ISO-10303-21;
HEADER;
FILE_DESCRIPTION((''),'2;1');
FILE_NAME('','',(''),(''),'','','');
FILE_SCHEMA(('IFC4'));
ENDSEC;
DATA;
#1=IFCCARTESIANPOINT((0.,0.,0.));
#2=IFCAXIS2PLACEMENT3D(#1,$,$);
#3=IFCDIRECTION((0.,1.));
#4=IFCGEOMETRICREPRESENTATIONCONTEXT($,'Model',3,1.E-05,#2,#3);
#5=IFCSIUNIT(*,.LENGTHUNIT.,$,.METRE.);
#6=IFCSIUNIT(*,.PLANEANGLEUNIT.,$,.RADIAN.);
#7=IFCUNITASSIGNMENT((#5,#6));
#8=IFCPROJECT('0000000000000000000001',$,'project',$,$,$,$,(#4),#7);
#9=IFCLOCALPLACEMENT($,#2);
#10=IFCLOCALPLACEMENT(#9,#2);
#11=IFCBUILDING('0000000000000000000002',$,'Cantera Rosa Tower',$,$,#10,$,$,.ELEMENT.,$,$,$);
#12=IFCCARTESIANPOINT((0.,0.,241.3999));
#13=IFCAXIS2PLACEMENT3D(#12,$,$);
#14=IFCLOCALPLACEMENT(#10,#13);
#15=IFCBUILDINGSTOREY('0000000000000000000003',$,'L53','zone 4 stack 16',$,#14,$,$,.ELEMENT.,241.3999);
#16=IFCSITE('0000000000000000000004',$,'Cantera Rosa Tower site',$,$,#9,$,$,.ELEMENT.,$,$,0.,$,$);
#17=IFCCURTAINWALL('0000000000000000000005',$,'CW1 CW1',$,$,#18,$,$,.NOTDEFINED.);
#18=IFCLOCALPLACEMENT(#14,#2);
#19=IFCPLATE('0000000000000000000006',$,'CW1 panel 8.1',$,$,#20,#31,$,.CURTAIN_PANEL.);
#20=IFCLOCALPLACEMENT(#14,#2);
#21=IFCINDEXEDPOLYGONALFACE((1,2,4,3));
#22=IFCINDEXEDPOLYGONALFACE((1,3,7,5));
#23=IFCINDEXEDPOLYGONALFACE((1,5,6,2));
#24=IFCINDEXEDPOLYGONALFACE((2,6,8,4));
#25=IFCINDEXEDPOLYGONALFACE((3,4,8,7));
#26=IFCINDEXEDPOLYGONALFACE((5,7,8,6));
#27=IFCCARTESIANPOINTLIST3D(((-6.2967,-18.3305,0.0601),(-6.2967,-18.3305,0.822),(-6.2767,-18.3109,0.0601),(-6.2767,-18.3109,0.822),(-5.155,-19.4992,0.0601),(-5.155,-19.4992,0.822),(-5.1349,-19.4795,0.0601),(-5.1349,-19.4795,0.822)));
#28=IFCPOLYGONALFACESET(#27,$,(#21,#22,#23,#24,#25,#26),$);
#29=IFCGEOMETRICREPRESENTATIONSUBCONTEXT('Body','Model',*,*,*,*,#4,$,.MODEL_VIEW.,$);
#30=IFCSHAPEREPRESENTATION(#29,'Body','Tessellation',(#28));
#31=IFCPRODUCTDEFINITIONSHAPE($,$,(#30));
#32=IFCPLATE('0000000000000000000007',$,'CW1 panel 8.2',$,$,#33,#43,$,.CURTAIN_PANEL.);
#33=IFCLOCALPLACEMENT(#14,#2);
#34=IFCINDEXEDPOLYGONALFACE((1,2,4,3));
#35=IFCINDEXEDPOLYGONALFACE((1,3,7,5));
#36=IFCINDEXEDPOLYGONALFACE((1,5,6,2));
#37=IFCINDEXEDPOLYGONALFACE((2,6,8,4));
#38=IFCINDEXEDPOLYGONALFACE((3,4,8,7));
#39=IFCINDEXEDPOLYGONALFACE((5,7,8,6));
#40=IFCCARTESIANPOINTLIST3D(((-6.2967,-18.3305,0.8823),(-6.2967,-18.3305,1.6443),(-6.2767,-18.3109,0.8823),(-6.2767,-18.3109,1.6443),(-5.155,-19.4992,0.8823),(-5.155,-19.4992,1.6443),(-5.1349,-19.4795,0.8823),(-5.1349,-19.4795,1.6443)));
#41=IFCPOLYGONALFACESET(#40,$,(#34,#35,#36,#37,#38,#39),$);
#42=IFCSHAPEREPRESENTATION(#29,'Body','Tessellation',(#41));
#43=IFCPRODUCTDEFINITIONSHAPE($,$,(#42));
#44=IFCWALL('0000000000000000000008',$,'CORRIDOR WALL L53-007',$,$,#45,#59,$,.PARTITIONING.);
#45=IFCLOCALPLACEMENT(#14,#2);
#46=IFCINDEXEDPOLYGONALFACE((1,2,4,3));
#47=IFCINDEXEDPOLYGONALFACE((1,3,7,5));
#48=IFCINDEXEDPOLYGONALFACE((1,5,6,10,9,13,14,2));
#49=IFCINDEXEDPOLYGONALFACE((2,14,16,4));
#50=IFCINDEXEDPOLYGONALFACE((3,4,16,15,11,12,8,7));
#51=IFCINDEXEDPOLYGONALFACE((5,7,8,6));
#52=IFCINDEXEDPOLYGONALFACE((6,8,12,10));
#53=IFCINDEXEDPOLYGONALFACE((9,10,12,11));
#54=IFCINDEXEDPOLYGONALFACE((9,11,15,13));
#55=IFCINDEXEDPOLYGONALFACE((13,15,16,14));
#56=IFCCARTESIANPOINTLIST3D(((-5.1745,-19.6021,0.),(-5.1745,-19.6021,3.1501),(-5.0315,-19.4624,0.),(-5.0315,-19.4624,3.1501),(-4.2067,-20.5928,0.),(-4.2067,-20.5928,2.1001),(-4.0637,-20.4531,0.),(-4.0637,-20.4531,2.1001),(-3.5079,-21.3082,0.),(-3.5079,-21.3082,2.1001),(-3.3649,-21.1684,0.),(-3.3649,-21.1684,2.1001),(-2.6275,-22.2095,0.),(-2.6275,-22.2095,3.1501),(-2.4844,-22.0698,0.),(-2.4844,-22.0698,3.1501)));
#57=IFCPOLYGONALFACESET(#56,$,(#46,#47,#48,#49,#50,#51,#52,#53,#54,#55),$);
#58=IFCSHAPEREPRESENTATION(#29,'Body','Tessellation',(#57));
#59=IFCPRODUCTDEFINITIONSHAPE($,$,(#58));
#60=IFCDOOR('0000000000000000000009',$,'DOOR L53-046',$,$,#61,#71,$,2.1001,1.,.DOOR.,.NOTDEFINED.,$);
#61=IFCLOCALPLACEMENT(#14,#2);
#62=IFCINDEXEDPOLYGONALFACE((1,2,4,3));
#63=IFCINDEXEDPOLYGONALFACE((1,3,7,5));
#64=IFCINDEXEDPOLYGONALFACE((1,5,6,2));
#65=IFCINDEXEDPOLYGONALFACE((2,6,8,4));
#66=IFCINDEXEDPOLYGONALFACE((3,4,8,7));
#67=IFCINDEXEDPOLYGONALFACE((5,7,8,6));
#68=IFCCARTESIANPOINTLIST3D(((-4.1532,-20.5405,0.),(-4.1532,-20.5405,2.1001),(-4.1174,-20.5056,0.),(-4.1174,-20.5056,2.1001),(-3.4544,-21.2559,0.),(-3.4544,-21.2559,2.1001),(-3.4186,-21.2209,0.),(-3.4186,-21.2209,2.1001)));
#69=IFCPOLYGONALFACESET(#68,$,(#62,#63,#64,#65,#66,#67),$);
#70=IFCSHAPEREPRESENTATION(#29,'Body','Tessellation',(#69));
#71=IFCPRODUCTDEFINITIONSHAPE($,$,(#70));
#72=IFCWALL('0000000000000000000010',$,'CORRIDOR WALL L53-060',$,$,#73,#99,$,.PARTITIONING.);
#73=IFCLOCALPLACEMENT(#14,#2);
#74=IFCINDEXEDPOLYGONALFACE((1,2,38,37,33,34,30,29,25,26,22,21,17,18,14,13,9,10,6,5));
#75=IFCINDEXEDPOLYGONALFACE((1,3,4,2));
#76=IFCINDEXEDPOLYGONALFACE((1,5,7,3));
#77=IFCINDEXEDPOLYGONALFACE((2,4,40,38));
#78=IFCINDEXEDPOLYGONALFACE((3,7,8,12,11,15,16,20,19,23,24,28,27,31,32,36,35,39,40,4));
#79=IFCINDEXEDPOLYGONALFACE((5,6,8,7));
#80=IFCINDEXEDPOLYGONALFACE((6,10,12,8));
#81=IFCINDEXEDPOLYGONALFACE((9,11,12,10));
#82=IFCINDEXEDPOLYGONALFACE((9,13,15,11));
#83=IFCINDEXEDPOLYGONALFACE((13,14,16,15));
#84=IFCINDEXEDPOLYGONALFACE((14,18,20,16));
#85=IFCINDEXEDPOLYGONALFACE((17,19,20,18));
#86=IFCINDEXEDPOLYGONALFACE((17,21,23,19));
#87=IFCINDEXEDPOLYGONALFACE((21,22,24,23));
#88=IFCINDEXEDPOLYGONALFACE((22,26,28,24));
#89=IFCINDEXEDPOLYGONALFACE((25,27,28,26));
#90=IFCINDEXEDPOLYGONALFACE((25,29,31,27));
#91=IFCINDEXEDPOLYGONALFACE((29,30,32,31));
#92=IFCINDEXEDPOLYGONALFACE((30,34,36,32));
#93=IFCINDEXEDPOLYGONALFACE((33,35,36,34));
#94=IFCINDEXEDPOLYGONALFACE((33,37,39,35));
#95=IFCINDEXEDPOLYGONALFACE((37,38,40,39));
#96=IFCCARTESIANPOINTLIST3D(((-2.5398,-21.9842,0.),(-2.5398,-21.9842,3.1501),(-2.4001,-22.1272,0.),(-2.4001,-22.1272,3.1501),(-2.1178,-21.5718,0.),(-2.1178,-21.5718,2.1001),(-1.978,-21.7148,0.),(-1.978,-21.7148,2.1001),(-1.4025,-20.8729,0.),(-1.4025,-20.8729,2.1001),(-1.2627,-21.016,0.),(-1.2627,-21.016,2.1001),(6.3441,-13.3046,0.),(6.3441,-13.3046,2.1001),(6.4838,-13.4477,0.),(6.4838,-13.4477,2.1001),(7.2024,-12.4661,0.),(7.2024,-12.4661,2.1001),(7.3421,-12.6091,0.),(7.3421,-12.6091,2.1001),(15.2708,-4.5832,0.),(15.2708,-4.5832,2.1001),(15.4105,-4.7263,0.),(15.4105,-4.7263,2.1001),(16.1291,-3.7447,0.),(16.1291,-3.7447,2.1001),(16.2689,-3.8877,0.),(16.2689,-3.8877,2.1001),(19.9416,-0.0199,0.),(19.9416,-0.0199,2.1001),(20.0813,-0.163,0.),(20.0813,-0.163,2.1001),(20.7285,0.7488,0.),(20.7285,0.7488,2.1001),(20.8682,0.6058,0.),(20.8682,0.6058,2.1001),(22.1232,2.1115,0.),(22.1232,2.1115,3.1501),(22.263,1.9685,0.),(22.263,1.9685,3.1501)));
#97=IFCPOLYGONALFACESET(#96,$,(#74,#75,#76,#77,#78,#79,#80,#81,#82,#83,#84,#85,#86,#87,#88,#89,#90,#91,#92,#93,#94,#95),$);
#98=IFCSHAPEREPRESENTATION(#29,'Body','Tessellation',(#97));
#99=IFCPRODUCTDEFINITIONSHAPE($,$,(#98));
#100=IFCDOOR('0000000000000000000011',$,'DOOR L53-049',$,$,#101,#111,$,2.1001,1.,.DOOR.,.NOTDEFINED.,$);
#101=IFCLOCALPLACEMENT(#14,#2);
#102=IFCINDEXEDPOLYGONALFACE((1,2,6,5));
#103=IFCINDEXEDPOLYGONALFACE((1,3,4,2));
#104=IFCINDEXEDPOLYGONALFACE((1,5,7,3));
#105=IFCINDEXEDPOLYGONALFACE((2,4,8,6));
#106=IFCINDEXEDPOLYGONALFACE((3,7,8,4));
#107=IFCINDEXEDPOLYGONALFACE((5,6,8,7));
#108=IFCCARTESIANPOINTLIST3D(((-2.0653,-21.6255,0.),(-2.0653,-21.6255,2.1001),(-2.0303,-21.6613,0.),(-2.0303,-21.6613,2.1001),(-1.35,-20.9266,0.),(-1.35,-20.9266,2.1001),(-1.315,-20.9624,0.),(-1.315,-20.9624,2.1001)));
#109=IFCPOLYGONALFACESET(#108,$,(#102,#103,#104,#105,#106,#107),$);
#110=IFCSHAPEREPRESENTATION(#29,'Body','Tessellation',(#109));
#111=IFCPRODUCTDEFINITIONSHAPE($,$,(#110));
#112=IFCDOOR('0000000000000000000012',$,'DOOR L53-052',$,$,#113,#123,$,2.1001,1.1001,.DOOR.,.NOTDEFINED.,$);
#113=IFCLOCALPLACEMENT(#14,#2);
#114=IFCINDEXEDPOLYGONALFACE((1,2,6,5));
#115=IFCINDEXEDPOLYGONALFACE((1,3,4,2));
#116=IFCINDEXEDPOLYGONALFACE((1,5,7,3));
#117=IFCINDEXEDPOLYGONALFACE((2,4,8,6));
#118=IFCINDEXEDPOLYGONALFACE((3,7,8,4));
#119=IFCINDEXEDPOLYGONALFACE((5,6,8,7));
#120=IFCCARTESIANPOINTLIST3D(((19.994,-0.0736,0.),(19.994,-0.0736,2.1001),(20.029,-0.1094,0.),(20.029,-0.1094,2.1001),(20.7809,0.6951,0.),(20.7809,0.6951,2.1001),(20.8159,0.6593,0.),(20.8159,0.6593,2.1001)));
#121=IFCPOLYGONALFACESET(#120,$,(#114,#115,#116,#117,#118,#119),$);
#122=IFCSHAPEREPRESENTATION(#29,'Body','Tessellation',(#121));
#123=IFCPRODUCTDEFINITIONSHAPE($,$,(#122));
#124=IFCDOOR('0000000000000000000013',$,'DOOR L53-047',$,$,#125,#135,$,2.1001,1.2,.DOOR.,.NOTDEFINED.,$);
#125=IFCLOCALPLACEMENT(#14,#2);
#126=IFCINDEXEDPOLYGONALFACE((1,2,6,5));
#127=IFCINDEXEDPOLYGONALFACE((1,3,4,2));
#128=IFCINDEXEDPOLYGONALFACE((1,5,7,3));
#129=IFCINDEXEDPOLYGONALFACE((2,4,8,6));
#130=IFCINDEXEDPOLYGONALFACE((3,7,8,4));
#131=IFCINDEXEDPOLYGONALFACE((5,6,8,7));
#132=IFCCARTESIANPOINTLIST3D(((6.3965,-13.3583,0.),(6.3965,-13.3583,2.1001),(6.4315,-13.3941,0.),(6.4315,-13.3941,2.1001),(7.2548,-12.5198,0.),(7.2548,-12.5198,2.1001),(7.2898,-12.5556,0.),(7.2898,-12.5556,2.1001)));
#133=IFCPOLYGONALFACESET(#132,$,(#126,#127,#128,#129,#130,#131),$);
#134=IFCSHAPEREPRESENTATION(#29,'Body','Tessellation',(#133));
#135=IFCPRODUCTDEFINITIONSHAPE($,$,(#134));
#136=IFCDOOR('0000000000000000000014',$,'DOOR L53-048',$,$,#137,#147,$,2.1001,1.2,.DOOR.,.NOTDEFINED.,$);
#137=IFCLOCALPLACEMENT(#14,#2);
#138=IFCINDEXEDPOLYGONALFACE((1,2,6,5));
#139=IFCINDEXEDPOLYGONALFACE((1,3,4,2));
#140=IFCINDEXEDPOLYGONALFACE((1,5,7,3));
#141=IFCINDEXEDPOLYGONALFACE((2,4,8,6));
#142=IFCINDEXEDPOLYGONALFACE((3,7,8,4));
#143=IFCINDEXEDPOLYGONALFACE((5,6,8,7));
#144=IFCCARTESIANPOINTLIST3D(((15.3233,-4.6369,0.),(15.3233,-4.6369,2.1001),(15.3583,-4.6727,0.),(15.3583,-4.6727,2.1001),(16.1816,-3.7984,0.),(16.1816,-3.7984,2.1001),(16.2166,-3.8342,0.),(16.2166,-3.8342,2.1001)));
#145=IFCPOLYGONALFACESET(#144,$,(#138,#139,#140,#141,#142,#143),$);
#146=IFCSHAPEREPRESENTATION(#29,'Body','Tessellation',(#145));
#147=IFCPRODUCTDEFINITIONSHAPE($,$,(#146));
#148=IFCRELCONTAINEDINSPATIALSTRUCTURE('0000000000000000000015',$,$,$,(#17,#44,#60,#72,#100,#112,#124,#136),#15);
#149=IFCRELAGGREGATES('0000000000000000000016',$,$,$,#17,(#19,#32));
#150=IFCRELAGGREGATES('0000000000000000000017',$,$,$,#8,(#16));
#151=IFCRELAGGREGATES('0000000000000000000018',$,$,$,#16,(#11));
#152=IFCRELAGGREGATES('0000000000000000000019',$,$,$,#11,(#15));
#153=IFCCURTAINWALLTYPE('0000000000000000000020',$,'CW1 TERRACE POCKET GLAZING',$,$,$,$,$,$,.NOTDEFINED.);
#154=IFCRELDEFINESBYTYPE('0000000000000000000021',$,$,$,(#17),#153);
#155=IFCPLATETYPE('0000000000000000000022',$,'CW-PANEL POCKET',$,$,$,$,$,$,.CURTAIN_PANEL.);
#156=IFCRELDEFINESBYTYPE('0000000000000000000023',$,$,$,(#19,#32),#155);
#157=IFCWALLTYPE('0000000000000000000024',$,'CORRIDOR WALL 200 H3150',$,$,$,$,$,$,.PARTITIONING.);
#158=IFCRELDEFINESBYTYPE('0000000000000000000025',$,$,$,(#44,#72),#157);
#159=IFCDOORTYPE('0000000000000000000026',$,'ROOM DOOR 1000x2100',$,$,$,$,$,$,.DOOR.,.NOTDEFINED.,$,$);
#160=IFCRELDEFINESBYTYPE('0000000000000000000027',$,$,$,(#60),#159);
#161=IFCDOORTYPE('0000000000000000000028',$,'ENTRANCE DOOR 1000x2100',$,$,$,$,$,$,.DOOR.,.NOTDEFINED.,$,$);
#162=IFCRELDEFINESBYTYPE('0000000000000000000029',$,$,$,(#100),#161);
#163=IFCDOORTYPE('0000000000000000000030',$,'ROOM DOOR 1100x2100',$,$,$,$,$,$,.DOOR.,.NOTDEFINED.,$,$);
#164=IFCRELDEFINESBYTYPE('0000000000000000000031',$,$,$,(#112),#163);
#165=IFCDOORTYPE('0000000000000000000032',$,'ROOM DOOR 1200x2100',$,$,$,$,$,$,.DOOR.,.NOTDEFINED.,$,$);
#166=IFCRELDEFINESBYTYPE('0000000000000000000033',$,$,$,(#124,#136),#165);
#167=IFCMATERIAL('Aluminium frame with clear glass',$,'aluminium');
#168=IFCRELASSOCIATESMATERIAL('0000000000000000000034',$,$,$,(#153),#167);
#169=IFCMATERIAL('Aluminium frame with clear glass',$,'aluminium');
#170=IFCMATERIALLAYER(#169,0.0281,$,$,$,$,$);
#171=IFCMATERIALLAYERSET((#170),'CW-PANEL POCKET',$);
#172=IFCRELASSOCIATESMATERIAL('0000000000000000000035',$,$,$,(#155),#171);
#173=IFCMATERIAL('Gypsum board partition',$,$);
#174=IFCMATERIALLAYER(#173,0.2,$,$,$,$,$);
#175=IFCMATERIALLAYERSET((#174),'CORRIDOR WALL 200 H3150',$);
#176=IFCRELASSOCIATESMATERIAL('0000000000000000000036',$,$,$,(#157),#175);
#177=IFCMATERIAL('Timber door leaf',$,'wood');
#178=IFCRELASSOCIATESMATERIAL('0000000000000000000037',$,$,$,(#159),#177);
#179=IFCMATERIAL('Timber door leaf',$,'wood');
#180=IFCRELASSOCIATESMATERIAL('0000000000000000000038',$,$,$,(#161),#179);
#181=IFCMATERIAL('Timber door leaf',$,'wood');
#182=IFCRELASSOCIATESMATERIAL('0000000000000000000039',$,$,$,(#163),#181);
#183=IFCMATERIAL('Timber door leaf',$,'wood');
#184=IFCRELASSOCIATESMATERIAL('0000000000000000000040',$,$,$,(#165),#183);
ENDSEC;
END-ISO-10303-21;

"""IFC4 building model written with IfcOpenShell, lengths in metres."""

from ifc_helpers import new_model, si_unit, direction, frame, frame_2d, origin, origin_2d, place, context, subcontext, project, spatial, rectangle, extrude, material, layer, layer_set, type_object, element, fill, aggregate, save


model = new_model("IFC4")

# Units and contexts
model_context = context("Model", 3, precision=1e-05, world=origin(), true_north=direction((0.0, 1.0)))
body_context = subcontext(model_context, "Body", "Model", "MODEL_VIEW")
ifc_project = project(units=[si_unit("LENGTHUNIT", "METRE"), si_unit("PLANEANGLEUNIT", "RADIAN")], contexts=[model_context])

# Site, building, storey
site_placement = place(None, origin())
site = spatial("IfcSite", under=ifc_project, at=site_placement, Name="Cantera Rosa Tower site", CompositionType="ELEMENT", RefElevation=0.0)
building_placement = place(site_placement, origin())
building = spatial("IfcBuilding", under=site, at=building_placement, Name="Cantera Rosa Tower", CompositionType="ELEMENT")
storey_placement = place(building_placement, frame((0.0, 0.0, 241.3999)))
storey = spatial("IfcBuildingStorey", under=building, at=storey_placement, Name="L53", Description="zone 4 stack 16", CompositionType="ELEMENT", Elevation=241.3999)

# Curtain wall
ifc_material_1 = material(Name="Aluminium frame with clear glass", Category="aluminium")
curtain_wall_type = type_object("IfcCurtainWallType", Name="CW1 TERRACE POCKET GLAZING", PredefinedType="NOTDEFINED", material=ifc_material_1)
curtain_wall_placement = place(storey_placement, origin())
curtain_wall = element("IfcCurtainWall", 1, at=curtain_wall_placement, inside=storey, type_object=curtain_wall_type, Name="CW1 CW1", PredefinedType="NOTDEFINED")

# Plates
ifc_material_2 = material(Name="Aluminium frame with clear glass", Category="aluminium")
ifc_layer_1 = layer(ifc_material_2, 0.0281)
ifc_layer_set_1 = layer_set([ifc_layer_1], Name="CW-PANEL POCKET")
plate_type = type_object("IfcPlateType", Name="CW-PANEL POCKET", PredefinedType="CURTAIN_PANEL", material=ifc_layer_set_1)
plate_1_placement = place(storey_placement, frame((-5.7158, -18.905, 0.0601), z_axis=(0.0, 0.0, 1.0), x_axis=(0.698832, -0.715286, 0.0)))
plate_1 = element("IfcPlate", 2, at=plate_1_placement, type_object=plate_type, Name="CW1 panel 8.1", PredefinedType="CURTAIN_PANEL", context=body_context, shape_type="SweptSolid", body=[
    extrude(rectangle(XDim=1.6338, YDim=0.0281, at=origin_2d()), origin(), (0.0, 0.0, 1.0), 0.762),
])
plate_2_placement = place(storey_placement, frame((-5.7158, -18.905, 0.8823), z_axis=(0.0, 0.0, 1.0), x_axis=(0.698832, -0.715286, 0.0)))
plate_2 = element("IfcPlate", 3, at=plate_2_placement, type_object=plate_type, Name="CW1 panel 8.2", PredefinedType="CURTAIN_PANEL", context=body_context, shape_type="SweptSolid", body=[
    extrude(rectangle(XDim=1.6338, YDim=0.0281, at=origin_2d()), origin(), (0.0, 0.0, 1.0), 0.762),
])
aggregate(curtain_wall, [plate_1, plate_2])

# Wall, opening, door
ifc_material_3 = material(Name="Gypsum board partition")
ifc_layer_2 = layer(ifc_material_3, 0.2)
ifc_layer_set_2 = layer_set([ifc_layer_2], Name="CORRIDOR WALL 200 H3150")
wall_type = type_object("IfcWallType", Name="CORRIDOR WALL 200 H3150", PredefinedType="PARTITIONING", material=ifc_layer_set_2)
wall_1_placement = place(storey_placement, frame((-5.103, -19.5322, 0.0), z_axis=(0.0, 0.0, 1.0), x_axis=(0.698787, -0.71533, 0.0)))
wall_1 = element("IfcWall", 4, at=wall_1_placement, inside=storey, type_object=wall_type, Name="CORRIDOR WALL L53-007", PredefinedType="PARTITIONING", context=body_context, shape_type="SweptSolid", body=[
    extrude(rectangle(XDim=3.645, YDim=0.2, at=frame_2d((1.8225, 0.0))), origin(), (0.0, 0.0, 1.0), 3.1501),
])
opening_1_placement = place(wall_1_placement, frame((1.385, 0.0, 0.0)))
opening_1 = element("IfcOpeningElement", 5, at=opening_1_placement, cuts=wall_1, PredefinedType="OPENING", context=body_context, shape_type="SweptSolid", body=[
    extrude(rectangle(XDim=1.0, YDim=2.1001, at=frame_2d((0.5, 1.05))), frame((0.0, 0.1099, 0.0), z_axis=(0.0, -1.0, 0.0), x_axis=(1.0, 0.0, 0.0)), (0.0, 0.0, 1.0), 0.22),
])
ifc_material_4 = material(Name="Timber door leaf", Category="wood")
door_type_1 = type_object("IfcDoorType", Name="ROOM DOOR 1000x2100", OperationType="NOTDEFINED", PredefinedType="DOOR", material=ifc_material_4)
door_1_placement = place(opening_1_placement, origin())
door_1 = element("IfcDoor", 6, at=door_1_placement, inside=storey, type_object=door_type_1, Name="DOOR L53-046", OperationType="NOTDEFINED", OverallHeight=2.1001, OverallWidth=1.0, PredefinedType="DOOR", context=body_context, shape_type="SweptSolid", body=[
    extrude(rectangle(XDim=1.0, YDim=2.1001, at=frame_2d((0.5, 1.05))), frame((0.0, 0.0249, 0.0), z_axis=(0.0, -1.0, 0.0), x_axis=(1.0, 0.0, 0.0)), (0.0, 0.0, 1.0), 0.05),
])
fill(opening_1, door_1)

# Wall, openings, doors
wall_2_placement = place(storey_placement, frame((-2.47, -22.0557, 0.0), z_axis=(0.0, 0.0, 1.0), x_axis=(0.715287, 0.698831, 0.0)))
wall_2 = element("IfcWall", 7, at=wall_2_placement, inside=storey, type_object=wall_type, Name="CORRIDOR WALL L53-060", PredefinedType="PARTITIONING", context=body_context, shape_type="SweptSolid", body=[
    extrude(rectangle(XDim=34.48, YDim=0.2, at=frame_2d((17.24, 0.0))), origin(), (0.0, 0.0, 1.0), 3.1501),
])
opening_2_placement = place(wall_2_placement, frame((12.4199, 0.0, 0.0)))
opening_2 = element("IfcOpeningElement", 8, at=opening_2_placement, cuts=wall_2, PredefinedType="OPENING", context=body_context, shape_type="SweptSolid", body=[
    extrude(rectangle(XDim=1.2, YDim=2.1001, at=frame_2d((0.6001, 1.05))), frame((0.0, 0.1099, 0.0), z_axis=(0.0, -1.0, 0.0), x_axis=(1.0, 0.0, 0.0)), (0.0, 0.0, 1.0), 0.22),
])
opening_3_placement = place(wall_2_placement, frame((24.8999, 0.0, 0.0)))
opening_3 = element("IfcOpeningElement", 9, at=opening_3_placement, cuts=wall_2, PredefinedType="OPENING", context=body_context, shape_type="SweptSolid", body=[
    extrude(rectangle(XDim=1.2, YDim=2.1001, at=frame_2d((0.6001, 1.05))), frame((0.0, 0.1099, 0.0), z_axis=(0.0, -1.0, 0.0), x_axis=(1.0, 0.0, 0.0)), (0.0, 0.0, 1.0), 0.22),
])
opening_4_placement = place(wall_2_placement, frame((0.5901, 0.0, 0.0)))
opening_4 = element("IfcOpeningElement", 10, at=opening_4_placement, cuts=wall_2, PredefinedType="OPENING", context=body_context, shape_type="SweptSolid", body=[
    extrude(rectangle(XDim=1.0, YDim=2.1001, at=frame_2d((0.5, 1.05))), frame((0.0, 0.1099, 0.0), z_axis=(0.0, -1.0, 0.0), x_axis=(1.0, 0.0, 0.0)), (0.0, 0.0, 1.0), 0.22),
])
opening_5_placement = place(wall_2_placement, frame((31.4299, 0.0, 0.0)))
opening_5 = element("IfcOpeningElement", 11, at=opening_5_placement, cuts=wall_2, PredefinedType="OPENING", context=body_context, shape_type="SweptSolid", body=[
    extrude(rectangle(XDim=1.1001, YDim=2.1001, at=frame_2d((0.55, 1.05))), frame((0.0, 0.1099, 0.0), z_axis=(0.0, -1.0, 0.0), x_axis=(1.0, 0.0, 0.0)), (0.0, 0.0, 1.0), 0.22),
])
ifc_material_5 = material(Name="Timber door leaf", Category="wood")
door_type_2 = type_object("IfcDoorType", Name="ENTRANCE DOOR 1000x2100", OperationType="NOTDEFINED", PredefinedType="DOOR", material=ifc_material_5)
door_2_placement = place(opening_4_placement, origin())
door_2 = element("IfcDoor", 12, at=door_2_placement, inside=storey, type_object=door_type_2, Name="DOOR L53-049", OperationType="NOTDEFINED", OverallHeight=2.1001, OverallWidth=1.0, PredefinedType="DOOR", context=body_context, shape_type="SweptSolid", body=[
    extrude(rectangle(XDim=1.0, YDim=2.1001, at=frame_2d((0.5, 1.05))), frame((0.0, 0.0249, 0.0), z_axis=(0.0, -1.0, 0.0), x_axis=(1.0, 0.0, 0.0)), (0.0, 0.0, 1.0), 0.05),
])
fill(opening_4, door_2)
ifc_material_6 = material(Name="Timber door leaf", Category="wood")
door_type_3 = type_object("IfcDoorType", Name="ROOM DOOR 1100x2100", OperationType="NOTDEFINED", PredefinedType="DOOR", material=ifc_material_6)
door_3_placement = place(opening_5_placement, origin())
door_3 = element("IfcDoor", 13, at=door_3_placement, inside=storey, type_object=door_type_3, Name="DOOR L53-052", OperationType="NOTDEFINED", OverallHeight=2.1001, OverallWidth=1.1001, PredefinedType="DOOR", context=body_context, shape_type="SweptSolid", body=[
    extrude(rectangle(XDim=1.1001, YDim=2.1001, at=frame_2d((0.55, 1.05))), frame((0.0, 0.0249, 0.0), z_axis=(0.0, -1.0, 0.0), x_axis=(1.0, 0.0, 0.0)), (0.0, 0.0, 1.0), 0.05),
])
fill(opening_5, door_3)
ifc_material_7 = material(Name="Timber door leaf", Category="wood")
door_type_4 = type_object("IfcDoorType", Name="ROOM DOOR 1200x2100", OperationType="NOTDEFINED", PredefinedType="DOOR", material=ifc_material_7)
door_4_placement = place(opening_2_placement, origin())
door_4 = element("IfcDoor", 14, at=door_4_placement, inside=storey, type_object=door_type_4, Name="DOOR L53-047", OperationType="NOTDEFINED", OverallHeight=2.1001, OverallWidth=1.2, PredefinedType="DOOR", context=body_context, shape_type="SweptSolid", body=[
    extrude(rectangle(XDim=1.2, YDim=2.1001, at=frame_2d((0.6001, 1.05))), frame((0.0, 0.0249, 0.0), z_axis=(0.0, -1.0, 0.0), x_axis=(1.0, 0.0, 0.0)), (0.0, 0.0, 1.0), 0.05),
])
fill(opening_2, door_4)
door_5_placement = place(opening_3_placement, origin())
door_5 = element("IfcDoor", 15, at=door_5_placement, inside=storey, type_object=door_type_4, Name="DOOR L53-048", OperationType="NOTDEFINED", OverallHeight=2.1001, OverallWidth=1.2, PredefinedType="DOOR", context=body_context, shape_type="SweptSolid", body=[
    extrude(rectangle(XDim=1.2, YDim=2.1001, at=frame_2d((0.6001, 1.05))), frame((0.0, 0.0249, 0.0), z_axis=(0.0, -1.0, 0.0), x_axis=(1.0, 0.0, 0.0)), (0.0, 0.0, 1.0), 0.05),
])
fill(opening_3, door_5)

save(model, "model.ifc")
